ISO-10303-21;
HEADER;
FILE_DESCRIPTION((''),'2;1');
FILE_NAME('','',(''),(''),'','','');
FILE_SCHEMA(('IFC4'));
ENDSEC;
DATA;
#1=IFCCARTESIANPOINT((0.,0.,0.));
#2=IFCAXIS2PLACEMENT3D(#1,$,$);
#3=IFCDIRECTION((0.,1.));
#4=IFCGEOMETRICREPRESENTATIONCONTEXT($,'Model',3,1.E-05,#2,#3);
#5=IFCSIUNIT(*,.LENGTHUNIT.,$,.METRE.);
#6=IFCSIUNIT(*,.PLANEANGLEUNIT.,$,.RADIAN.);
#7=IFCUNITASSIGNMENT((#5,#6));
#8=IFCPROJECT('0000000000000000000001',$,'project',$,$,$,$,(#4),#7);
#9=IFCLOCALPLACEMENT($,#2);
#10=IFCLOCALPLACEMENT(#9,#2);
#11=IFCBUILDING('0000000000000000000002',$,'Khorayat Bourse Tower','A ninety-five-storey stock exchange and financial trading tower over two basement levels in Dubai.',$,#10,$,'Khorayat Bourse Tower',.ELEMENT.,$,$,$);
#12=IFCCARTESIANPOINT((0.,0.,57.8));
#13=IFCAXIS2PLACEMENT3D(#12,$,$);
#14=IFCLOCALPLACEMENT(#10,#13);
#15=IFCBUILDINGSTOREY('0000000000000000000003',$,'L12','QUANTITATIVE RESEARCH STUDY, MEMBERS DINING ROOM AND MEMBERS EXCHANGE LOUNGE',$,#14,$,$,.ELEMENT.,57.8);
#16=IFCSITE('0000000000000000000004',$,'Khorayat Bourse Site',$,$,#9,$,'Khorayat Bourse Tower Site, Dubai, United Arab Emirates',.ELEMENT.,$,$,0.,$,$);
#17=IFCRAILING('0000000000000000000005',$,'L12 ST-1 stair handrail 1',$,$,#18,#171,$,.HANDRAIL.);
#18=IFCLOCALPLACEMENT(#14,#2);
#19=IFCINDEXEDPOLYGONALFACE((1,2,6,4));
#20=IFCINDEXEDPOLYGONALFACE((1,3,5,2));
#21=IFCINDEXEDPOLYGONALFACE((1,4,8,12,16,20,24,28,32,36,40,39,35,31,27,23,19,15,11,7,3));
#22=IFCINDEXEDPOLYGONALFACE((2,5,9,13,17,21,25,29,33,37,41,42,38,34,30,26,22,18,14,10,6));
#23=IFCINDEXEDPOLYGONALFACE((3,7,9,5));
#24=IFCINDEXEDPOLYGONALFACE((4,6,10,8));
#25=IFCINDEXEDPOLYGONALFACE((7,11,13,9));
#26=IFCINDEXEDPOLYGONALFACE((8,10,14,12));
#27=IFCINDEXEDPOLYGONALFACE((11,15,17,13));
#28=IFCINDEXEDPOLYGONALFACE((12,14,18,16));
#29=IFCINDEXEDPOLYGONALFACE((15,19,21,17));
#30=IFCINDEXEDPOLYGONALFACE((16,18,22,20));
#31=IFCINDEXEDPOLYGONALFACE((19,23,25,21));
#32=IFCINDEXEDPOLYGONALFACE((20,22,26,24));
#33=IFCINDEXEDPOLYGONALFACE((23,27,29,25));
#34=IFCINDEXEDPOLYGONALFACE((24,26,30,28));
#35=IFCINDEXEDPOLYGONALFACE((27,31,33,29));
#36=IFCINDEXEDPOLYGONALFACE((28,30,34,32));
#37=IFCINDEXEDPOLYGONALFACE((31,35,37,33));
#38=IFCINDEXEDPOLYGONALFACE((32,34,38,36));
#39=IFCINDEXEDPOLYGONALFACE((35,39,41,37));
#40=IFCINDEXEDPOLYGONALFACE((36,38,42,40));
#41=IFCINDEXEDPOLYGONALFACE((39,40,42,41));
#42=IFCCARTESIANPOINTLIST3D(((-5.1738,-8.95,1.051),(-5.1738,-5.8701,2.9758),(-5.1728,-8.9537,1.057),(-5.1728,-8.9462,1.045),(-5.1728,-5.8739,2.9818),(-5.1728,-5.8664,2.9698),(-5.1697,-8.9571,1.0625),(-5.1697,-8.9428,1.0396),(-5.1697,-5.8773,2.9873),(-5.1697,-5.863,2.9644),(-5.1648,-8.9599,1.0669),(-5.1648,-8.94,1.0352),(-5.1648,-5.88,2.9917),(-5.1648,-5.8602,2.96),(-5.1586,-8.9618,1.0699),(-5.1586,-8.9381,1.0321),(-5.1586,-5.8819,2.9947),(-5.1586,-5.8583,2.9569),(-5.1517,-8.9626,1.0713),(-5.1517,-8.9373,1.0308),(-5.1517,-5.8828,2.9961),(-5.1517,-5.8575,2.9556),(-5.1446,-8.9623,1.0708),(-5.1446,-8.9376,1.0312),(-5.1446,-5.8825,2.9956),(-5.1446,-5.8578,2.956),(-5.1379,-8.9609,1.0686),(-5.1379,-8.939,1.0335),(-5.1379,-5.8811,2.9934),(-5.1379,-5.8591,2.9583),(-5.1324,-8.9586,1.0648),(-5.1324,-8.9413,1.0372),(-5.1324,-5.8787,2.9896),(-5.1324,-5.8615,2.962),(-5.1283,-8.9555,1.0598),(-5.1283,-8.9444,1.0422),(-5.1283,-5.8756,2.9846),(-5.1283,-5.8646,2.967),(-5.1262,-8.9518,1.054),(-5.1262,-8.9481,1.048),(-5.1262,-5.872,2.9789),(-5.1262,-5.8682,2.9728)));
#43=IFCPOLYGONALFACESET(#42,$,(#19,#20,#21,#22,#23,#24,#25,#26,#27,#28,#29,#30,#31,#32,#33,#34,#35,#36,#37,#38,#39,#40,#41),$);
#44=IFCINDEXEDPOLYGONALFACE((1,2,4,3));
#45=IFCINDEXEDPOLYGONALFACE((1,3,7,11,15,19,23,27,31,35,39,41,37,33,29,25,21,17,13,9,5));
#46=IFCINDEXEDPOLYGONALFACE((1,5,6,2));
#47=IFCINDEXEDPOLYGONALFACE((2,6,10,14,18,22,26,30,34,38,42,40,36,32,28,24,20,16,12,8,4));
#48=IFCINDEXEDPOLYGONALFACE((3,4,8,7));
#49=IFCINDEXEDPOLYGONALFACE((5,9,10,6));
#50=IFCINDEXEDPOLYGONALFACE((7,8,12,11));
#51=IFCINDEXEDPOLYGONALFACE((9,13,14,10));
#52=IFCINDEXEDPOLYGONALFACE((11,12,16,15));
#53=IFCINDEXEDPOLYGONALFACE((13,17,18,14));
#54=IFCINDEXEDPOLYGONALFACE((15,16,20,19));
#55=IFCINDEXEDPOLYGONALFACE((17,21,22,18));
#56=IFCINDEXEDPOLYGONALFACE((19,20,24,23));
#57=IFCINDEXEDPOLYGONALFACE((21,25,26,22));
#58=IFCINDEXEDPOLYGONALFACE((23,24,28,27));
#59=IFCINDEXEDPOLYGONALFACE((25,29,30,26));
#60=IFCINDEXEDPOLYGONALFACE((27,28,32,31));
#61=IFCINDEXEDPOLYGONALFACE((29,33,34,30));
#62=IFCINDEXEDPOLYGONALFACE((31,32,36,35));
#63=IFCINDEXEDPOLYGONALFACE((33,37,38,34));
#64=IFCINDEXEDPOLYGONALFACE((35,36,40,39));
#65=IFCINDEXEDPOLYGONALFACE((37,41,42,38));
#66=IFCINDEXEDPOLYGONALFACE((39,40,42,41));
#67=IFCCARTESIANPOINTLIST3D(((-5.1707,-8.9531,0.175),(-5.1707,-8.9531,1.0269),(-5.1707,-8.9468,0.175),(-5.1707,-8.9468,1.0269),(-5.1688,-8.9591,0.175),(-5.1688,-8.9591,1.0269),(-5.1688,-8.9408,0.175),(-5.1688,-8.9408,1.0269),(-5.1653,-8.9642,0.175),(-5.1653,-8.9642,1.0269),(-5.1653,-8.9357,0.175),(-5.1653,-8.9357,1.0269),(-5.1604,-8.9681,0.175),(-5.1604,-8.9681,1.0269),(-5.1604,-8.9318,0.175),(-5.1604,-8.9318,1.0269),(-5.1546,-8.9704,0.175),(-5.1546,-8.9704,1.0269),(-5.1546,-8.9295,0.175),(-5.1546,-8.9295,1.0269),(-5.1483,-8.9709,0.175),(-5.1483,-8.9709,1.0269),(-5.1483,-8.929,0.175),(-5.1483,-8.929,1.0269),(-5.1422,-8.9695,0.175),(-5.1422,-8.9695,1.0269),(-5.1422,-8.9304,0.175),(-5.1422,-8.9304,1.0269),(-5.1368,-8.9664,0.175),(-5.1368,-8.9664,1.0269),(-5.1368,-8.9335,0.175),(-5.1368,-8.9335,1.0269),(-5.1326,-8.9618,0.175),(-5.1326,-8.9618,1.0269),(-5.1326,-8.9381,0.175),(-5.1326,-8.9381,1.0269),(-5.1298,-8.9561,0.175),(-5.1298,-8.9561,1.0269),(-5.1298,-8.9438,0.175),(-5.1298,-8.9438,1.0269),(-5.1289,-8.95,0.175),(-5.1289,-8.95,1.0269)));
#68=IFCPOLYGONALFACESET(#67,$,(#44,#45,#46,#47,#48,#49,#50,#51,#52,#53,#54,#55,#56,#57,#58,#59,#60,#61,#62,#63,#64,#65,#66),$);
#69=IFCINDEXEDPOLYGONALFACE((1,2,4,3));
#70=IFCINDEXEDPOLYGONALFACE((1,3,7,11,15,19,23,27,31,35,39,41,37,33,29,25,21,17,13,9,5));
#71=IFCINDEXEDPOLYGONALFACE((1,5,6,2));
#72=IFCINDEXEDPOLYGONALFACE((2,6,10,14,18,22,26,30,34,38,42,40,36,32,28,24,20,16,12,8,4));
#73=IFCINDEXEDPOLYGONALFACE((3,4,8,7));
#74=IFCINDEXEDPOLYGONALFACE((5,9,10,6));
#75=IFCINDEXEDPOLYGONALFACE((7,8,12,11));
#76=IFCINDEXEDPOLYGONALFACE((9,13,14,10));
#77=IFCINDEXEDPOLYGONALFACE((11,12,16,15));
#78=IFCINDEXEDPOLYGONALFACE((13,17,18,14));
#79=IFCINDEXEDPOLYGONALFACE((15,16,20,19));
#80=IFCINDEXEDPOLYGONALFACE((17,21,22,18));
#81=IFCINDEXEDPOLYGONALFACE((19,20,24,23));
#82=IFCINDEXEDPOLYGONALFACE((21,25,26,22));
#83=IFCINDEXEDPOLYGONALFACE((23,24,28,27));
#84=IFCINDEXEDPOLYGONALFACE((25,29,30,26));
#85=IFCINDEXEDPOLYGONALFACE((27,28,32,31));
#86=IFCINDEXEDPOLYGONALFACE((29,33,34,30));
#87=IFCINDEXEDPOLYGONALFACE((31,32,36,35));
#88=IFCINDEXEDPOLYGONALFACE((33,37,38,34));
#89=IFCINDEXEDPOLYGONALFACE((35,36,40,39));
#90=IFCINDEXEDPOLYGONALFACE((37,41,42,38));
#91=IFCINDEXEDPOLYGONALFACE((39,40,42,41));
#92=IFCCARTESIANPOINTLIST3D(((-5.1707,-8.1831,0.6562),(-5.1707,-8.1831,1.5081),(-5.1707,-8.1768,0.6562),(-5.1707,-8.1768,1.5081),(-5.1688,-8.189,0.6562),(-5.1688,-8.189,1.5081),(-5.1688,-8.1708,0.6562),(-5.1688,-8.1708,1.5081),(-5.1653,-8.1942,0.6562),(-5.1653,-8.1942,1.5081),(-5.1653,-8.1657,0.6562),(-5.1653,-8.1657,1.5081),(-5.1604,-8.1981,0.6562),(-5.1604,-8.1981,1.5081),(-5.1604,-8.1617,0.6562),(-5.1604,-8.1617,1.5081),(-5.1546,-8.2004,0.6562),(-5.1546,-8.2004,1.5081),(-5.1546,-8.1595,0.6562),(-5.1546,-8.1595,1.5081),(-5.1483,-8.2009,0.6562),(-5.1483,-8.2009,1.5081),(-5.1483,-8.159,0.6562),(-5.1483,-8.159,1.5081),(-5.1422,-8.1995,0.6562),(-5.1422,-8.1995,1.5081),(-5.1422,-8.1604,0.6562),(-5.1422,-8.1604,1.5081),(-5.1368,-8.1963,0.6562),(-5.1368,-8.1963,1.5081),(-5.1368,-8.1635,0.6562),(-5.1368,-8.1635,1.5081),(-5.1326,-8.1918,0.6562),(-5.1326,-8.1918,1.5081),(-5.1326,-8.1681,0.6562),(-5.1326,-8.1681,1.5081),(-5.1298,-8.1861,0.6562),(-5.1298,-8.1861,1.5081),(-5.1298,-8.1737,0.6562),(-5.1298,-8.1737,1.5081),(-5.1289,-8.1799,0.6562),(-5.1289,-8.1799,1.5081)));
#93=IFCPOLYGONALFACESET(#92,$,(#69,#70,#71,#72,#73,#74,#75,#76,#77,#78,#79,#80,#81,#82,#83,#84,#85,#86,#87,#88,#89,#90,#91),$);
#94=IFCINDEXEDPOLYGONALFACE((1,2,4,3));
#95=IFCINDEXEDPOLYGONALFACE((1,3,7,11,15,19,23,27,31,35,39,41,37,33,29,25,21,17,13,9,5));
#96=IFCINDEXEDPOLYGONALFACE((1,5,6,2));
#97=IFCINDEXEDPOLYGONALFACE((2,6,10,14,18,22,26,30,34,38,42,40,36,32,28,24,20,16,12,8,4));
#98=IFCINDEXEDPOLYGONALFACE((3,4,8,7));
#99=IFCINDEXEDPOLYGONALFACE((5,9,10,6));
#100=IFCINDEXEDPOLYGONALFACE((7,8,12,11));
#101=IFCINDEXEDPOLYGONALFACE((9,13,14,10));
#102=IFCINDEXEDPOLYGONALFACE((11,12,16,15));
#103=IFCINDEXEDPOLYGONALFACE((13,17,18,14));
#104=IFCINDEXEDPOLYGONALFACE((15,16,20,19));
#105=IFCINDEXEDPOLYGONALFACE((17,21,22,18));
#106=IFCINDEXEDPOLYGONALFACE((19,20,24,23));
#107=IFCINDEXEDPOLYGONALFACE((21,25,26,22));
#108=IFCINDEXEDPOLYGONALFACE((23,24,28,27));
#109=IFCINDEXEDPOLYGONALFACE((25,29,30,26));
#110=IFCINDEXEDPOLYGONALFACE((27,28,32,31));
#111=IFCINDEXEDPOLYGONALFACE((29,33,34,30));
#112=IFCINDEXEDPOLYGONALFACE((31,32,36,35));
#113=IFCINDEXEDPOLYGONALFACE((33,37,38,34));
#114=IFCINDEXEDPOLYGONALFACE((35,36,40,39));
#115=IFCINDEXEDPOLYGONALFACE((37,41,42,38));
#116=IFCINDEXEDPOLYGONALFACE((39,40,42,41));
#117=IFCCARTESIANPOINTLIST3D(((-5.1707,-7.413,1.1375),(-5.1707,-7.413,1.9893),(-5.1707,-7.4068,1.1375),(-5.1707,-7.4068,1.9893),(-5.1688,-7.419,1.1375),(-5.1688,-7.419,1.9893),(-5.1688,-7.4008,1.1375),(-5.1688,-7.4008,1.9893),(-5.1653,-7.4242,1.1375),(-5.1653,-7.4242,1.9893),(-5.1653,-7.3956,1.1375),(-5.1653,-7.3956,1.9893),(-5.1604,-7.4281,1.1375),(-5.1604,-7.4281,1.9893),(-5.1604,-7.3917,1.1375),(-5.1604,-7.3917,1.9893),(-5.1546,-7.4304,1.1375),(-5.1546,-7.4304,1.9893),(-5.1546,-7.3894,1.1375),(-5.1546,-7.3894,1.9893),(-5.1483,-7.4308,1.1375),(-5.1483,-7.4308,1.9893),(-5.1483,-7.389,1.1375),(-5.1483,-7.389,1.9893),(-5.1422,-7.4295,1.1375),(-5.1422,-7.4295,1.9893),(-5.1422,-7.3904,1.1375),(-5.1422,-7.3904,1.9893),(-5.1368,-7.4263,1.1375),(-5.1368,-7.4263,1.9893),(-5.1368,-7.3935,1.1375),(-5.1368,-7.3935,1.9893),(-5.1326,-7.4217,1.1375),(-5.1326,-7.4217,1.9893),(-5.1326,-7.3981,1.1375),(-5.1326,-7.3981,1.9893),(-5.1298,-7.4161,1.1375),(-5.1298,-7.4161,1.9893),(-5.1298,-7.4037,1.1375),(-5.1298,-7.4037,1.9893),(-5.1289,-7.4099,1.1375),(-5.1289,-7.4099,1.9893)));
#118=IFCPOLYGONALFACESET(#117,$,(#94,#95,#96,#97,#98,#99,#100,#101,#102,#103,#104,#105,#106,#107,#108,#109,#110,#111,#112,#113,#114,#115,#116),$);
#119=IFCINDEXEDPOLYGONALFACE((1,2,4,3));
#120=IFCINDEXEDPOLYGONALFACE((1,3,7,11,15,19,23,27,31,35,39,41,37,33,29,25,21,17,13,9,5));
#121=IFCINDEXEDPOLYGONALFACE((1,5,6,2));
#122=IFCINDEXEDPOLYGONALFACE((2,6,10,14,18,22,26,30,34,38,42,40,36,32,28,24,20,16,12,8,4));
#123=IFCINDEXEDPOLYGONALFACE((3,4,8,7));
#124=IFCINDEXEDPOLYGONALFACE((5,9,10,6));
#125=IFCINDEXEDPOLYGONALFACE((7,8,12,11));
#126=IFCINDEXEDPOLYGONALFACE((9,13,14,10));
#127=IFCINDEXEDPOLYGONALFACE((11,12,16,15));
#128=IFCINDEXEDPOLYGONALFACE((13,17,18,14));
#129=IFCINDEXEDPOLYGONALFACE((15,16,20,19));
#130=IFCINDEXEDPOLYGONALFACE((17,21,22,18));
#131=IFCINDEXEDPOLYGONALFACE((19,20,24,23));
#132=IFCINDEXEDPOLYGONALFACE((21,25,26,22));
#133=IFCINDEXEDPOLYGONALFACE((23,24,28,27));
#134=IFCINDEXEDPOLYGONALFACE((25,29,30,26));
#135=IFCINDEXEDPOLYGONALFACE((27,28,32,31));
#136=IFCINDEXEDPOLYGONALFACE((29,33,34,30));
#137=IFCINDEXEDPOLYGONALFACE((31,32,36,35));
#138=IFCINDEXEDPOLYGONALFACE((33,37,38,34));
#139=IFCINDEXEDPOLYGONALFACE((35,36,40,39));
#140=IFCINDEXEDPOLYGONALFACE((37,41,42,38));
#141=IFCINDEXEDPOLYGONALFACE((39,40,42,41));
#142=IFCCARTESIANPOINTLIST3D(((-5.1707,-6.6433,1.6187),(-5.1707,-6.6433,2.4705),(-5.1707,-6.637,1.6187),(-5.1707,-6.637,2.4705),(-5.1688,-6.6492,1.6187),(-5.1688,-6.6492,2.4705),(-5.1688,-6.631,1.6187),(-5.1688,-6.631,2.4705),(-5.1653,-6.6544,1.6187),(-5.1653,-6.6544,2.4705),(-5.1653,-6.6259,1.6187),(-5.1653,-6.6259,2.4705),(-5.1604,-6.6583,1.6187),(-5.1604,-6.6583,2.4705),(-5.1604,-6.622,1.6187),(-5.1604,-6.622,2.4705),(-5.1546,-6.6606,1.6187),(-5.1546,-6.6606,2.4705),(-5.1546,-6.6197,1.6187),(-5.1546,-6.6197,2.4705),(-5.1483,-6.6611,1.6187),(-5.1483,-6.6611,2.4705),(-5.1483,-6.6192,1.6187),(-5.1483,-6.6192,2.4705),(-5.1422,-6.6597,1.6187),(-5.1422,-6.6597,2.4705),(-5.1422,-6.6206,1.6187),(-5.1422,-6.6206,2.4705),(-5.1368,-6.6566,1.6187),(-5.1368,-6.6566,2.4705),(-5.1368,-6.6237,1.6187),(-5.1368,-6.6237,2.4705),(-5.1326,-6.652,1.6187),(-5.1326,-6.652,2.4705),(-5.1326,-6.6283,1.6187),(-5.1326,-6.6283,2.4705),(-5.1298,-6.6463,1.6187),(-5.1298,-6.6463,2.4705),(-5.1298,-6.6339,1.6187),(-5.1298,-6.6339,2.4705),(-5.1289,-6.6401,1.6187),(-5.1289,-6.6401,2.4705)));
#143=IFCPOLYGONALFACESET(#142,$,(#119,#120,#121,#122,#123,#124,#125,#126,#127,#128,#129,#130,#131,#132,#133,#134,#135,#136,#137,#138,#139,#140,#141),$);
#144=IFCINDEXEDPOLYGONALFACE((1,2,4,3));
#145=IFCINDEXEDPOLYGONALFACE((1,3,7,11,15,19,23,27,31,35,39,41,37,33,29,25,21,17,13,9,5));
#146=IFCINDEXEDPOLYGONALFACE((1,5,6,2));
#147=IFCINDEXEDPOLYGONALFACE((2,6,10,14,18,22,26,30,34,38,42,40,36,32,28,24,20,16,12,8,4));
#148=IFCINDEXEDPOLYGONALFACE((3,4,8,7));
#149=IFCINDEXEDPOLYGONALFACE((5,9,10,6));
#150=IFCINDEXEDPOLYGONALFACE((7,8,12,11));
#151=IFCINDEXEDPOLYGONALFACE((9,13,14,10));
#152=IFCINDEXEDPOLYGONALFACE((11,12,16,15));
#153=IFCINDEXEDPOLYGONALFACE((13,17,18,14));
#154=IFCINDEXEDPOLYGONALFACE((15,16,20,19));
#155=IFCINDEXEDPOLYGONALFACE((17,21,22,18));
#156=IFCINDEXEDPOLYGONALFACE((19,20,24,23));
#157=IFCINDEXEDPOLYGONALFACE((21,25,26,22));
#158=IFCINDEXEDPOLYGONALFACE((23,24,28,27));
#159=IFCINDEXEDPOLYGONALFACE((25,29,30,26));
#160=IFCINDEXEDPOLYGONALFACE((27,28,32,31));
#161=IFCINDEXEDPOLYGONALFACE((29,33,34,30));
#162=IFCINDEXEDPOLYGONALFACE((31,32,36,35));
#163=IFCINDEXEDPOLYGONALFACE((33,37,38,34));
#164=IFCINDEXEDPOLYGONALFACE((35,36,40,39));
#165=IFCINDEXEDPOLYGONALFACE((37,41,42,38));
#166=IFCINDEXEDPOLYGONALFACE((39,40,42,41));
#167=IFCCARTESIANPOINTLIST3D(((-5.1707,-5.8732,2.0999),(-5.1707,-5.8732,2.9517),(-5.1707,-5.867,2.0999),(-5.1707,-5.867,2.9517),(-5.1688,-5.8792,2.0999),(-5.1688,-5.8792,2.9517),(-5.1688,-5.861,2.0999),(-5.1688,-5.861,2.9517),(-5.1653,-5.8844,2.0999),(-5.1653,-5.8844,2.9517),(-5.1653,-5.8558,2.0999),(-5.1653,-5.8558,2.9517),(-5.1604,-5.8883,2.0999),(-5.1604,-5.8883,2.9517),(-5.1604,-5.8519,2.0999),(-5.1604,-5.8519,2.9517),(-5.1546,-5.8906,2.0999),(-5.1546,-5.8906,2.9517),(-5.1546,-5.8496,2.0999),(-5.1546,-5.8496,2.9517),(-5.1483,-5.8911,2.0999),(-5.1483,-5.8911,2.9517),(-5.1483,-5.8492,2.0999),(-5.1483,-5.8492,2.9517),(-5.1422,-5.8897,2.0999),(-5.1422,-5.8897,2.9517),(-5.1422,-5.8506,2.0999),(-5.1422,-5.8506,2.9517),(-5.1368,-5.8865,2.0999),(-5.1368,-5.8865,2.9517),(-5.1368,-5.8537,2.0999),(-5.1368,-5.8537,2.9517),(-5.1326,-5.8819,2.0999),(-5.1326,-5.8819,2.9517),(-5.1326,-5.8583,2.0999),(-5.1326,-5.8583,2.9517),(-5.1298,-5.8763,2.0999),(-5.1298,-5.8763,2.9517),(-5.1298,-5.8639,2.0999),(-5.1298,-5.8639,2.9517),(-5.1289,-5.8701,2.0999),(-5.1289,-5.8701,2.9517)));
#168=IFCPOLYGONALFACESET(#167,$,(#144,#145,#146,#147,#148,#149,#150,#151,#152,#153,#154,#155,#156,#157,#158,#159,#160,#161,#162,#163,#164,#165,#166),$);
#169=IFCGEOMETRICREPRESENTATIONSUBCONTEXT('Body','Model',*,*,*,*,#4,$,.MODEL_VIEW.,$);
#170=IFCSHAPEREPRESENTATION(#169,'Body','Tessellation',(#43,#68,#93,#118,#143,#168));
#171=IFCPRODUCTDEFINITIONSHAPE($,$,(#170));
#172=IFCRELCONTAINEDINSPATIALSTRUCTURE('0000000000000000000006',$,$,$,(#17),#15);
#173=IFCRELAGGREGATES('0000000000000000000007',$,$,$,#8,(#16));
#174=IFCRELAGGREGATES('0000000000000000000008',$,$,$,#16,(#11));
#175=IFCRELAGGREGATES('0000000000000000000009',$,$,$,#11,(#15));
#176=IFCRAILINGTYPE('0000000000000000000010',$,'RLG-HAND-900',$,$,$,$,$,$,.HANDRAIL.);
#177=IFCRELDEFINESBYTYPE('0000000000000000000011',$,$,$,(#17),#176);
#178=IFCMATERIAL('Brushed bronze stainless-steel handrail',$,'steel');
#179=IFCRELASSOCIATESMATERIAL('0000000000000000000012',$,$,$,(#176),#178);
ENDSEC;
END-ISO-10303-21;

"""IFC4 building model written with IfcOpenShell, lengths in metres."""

from ifc_helpers import new_model, si_unit, direction, frame, origin, origin_2d, place, context, subcontext, project, spatial, circle, extrude, source, transform, mapped, material, type_object, element, save


model = new_model("IFC4")

# Units and contexts
model_context = context("Model", 3, precision=1e-05, world=origin(), true_north=direction((0.0, 1.0)))
body_context = subcontext(model_context, "Body", "Model", "MODEL_VIEW")
ifc_project = project(units=[si_unit("LENGTHUNIT", "METRE"), si_unit("PLANEANGLEUNIT", "RADIAN")], contexts=[model_context])

# Site, building, storey
site_placement = place(None, origin())
site = spatial("IfcSite", under=ifc_project, at=site_placement, Name="Khorayat Bourse Site", LongName="Khorayat Bourse Tower Site, Dubai, United Arab Emirates", CompositionType="ELEMENT", RefElevation=0.0)
building_placement = place(site_placement, origin())
building = spatial("IfcBuilding", under=site, at=building_placement, Name="Khorayat Bourse Tower", Description="A ninety-five-storey stock exchange and financial trading tower over two basement levels in Dubai.", LongName="Khorayat Bourse Tower", CompositionType="ELEMENT")
storey_placement = place(building_placement, frame((0.0, 0.0, 57.8)))
storey = spatial("IfcBuildingStorey", under=building, at=storey_placement, Name="L12", Description="QUANTITATIVE RESEARCH STUDY, MEMBERS DINING ROOM AND MEMBERS EXCHANGE LOUNGE", CompositionType="ELEMENT", Elevation=57.8)

# Railing
ifc_material_1 = material(Name="Brushed bronze stainless-steel handrail", Category="steel")
railing_type_1 = type_object("IfcRailingType", Name="RLG-HAND-900", PredefinedType="HANDRAIL", material=ifc_material_1)
shared_shape_1 = source(origin(), body_context, "Body", "SweptSolid", [
    extrude(circle(Radius=0.0239, at=origin_2d()), frame((0.0, 0.0, 0.876), z_axis=(0.0, 0.84801, 0.529981), x_axis=(-1.0, 0.0, 0.0)), (0.0, 0.0, 1.0), 3.6318),
    extrude(circle(Radius=0.021, at=origin_2d()), origin(), (0.0, 0.0, 1.0), 0.8518),
    extrude(circle(Radius=0.021, at=origin_2d()), frame((0.0, 0.77, 0.4812)), (0.0, 0.0, 1.0), 0.8518),
    extrude(circle(Radius=0.021, at=origin_2d()), frame((0.0, 1.54, 0.9624)), (0.0, 0.0, 1.0), 0.8518),
    extrude(circle(Radius=0.021, at=origin_2d()), frame((0.0, 2.3098, 1.4436)), (0.0, 0.0, 1.0), 0.8518),
    extrude(circle(Radius=0.021, at=origin_2d()), frame((0.0, 3.0798, 1.9248)), (0.0, 0.0, 1.0), 0.8518),
])
railing_1_placement = place(storey_placement, frame((-5.1499, -8.95, 0.175)))
element("IfcRailing", 1, at=railing_1_placement, inside=storey, type_object=railing_type_1, Name="L12 ST-1 stair handrail 1", PredefinedType="HANDRAIL", context=body_context, shape_type="MappedRepresentation", body=[
    mapped(shared_shape_1, transform((0.0, 0.0, 0.0), scale=1.0)),
])

save(model, "model.ifc")
